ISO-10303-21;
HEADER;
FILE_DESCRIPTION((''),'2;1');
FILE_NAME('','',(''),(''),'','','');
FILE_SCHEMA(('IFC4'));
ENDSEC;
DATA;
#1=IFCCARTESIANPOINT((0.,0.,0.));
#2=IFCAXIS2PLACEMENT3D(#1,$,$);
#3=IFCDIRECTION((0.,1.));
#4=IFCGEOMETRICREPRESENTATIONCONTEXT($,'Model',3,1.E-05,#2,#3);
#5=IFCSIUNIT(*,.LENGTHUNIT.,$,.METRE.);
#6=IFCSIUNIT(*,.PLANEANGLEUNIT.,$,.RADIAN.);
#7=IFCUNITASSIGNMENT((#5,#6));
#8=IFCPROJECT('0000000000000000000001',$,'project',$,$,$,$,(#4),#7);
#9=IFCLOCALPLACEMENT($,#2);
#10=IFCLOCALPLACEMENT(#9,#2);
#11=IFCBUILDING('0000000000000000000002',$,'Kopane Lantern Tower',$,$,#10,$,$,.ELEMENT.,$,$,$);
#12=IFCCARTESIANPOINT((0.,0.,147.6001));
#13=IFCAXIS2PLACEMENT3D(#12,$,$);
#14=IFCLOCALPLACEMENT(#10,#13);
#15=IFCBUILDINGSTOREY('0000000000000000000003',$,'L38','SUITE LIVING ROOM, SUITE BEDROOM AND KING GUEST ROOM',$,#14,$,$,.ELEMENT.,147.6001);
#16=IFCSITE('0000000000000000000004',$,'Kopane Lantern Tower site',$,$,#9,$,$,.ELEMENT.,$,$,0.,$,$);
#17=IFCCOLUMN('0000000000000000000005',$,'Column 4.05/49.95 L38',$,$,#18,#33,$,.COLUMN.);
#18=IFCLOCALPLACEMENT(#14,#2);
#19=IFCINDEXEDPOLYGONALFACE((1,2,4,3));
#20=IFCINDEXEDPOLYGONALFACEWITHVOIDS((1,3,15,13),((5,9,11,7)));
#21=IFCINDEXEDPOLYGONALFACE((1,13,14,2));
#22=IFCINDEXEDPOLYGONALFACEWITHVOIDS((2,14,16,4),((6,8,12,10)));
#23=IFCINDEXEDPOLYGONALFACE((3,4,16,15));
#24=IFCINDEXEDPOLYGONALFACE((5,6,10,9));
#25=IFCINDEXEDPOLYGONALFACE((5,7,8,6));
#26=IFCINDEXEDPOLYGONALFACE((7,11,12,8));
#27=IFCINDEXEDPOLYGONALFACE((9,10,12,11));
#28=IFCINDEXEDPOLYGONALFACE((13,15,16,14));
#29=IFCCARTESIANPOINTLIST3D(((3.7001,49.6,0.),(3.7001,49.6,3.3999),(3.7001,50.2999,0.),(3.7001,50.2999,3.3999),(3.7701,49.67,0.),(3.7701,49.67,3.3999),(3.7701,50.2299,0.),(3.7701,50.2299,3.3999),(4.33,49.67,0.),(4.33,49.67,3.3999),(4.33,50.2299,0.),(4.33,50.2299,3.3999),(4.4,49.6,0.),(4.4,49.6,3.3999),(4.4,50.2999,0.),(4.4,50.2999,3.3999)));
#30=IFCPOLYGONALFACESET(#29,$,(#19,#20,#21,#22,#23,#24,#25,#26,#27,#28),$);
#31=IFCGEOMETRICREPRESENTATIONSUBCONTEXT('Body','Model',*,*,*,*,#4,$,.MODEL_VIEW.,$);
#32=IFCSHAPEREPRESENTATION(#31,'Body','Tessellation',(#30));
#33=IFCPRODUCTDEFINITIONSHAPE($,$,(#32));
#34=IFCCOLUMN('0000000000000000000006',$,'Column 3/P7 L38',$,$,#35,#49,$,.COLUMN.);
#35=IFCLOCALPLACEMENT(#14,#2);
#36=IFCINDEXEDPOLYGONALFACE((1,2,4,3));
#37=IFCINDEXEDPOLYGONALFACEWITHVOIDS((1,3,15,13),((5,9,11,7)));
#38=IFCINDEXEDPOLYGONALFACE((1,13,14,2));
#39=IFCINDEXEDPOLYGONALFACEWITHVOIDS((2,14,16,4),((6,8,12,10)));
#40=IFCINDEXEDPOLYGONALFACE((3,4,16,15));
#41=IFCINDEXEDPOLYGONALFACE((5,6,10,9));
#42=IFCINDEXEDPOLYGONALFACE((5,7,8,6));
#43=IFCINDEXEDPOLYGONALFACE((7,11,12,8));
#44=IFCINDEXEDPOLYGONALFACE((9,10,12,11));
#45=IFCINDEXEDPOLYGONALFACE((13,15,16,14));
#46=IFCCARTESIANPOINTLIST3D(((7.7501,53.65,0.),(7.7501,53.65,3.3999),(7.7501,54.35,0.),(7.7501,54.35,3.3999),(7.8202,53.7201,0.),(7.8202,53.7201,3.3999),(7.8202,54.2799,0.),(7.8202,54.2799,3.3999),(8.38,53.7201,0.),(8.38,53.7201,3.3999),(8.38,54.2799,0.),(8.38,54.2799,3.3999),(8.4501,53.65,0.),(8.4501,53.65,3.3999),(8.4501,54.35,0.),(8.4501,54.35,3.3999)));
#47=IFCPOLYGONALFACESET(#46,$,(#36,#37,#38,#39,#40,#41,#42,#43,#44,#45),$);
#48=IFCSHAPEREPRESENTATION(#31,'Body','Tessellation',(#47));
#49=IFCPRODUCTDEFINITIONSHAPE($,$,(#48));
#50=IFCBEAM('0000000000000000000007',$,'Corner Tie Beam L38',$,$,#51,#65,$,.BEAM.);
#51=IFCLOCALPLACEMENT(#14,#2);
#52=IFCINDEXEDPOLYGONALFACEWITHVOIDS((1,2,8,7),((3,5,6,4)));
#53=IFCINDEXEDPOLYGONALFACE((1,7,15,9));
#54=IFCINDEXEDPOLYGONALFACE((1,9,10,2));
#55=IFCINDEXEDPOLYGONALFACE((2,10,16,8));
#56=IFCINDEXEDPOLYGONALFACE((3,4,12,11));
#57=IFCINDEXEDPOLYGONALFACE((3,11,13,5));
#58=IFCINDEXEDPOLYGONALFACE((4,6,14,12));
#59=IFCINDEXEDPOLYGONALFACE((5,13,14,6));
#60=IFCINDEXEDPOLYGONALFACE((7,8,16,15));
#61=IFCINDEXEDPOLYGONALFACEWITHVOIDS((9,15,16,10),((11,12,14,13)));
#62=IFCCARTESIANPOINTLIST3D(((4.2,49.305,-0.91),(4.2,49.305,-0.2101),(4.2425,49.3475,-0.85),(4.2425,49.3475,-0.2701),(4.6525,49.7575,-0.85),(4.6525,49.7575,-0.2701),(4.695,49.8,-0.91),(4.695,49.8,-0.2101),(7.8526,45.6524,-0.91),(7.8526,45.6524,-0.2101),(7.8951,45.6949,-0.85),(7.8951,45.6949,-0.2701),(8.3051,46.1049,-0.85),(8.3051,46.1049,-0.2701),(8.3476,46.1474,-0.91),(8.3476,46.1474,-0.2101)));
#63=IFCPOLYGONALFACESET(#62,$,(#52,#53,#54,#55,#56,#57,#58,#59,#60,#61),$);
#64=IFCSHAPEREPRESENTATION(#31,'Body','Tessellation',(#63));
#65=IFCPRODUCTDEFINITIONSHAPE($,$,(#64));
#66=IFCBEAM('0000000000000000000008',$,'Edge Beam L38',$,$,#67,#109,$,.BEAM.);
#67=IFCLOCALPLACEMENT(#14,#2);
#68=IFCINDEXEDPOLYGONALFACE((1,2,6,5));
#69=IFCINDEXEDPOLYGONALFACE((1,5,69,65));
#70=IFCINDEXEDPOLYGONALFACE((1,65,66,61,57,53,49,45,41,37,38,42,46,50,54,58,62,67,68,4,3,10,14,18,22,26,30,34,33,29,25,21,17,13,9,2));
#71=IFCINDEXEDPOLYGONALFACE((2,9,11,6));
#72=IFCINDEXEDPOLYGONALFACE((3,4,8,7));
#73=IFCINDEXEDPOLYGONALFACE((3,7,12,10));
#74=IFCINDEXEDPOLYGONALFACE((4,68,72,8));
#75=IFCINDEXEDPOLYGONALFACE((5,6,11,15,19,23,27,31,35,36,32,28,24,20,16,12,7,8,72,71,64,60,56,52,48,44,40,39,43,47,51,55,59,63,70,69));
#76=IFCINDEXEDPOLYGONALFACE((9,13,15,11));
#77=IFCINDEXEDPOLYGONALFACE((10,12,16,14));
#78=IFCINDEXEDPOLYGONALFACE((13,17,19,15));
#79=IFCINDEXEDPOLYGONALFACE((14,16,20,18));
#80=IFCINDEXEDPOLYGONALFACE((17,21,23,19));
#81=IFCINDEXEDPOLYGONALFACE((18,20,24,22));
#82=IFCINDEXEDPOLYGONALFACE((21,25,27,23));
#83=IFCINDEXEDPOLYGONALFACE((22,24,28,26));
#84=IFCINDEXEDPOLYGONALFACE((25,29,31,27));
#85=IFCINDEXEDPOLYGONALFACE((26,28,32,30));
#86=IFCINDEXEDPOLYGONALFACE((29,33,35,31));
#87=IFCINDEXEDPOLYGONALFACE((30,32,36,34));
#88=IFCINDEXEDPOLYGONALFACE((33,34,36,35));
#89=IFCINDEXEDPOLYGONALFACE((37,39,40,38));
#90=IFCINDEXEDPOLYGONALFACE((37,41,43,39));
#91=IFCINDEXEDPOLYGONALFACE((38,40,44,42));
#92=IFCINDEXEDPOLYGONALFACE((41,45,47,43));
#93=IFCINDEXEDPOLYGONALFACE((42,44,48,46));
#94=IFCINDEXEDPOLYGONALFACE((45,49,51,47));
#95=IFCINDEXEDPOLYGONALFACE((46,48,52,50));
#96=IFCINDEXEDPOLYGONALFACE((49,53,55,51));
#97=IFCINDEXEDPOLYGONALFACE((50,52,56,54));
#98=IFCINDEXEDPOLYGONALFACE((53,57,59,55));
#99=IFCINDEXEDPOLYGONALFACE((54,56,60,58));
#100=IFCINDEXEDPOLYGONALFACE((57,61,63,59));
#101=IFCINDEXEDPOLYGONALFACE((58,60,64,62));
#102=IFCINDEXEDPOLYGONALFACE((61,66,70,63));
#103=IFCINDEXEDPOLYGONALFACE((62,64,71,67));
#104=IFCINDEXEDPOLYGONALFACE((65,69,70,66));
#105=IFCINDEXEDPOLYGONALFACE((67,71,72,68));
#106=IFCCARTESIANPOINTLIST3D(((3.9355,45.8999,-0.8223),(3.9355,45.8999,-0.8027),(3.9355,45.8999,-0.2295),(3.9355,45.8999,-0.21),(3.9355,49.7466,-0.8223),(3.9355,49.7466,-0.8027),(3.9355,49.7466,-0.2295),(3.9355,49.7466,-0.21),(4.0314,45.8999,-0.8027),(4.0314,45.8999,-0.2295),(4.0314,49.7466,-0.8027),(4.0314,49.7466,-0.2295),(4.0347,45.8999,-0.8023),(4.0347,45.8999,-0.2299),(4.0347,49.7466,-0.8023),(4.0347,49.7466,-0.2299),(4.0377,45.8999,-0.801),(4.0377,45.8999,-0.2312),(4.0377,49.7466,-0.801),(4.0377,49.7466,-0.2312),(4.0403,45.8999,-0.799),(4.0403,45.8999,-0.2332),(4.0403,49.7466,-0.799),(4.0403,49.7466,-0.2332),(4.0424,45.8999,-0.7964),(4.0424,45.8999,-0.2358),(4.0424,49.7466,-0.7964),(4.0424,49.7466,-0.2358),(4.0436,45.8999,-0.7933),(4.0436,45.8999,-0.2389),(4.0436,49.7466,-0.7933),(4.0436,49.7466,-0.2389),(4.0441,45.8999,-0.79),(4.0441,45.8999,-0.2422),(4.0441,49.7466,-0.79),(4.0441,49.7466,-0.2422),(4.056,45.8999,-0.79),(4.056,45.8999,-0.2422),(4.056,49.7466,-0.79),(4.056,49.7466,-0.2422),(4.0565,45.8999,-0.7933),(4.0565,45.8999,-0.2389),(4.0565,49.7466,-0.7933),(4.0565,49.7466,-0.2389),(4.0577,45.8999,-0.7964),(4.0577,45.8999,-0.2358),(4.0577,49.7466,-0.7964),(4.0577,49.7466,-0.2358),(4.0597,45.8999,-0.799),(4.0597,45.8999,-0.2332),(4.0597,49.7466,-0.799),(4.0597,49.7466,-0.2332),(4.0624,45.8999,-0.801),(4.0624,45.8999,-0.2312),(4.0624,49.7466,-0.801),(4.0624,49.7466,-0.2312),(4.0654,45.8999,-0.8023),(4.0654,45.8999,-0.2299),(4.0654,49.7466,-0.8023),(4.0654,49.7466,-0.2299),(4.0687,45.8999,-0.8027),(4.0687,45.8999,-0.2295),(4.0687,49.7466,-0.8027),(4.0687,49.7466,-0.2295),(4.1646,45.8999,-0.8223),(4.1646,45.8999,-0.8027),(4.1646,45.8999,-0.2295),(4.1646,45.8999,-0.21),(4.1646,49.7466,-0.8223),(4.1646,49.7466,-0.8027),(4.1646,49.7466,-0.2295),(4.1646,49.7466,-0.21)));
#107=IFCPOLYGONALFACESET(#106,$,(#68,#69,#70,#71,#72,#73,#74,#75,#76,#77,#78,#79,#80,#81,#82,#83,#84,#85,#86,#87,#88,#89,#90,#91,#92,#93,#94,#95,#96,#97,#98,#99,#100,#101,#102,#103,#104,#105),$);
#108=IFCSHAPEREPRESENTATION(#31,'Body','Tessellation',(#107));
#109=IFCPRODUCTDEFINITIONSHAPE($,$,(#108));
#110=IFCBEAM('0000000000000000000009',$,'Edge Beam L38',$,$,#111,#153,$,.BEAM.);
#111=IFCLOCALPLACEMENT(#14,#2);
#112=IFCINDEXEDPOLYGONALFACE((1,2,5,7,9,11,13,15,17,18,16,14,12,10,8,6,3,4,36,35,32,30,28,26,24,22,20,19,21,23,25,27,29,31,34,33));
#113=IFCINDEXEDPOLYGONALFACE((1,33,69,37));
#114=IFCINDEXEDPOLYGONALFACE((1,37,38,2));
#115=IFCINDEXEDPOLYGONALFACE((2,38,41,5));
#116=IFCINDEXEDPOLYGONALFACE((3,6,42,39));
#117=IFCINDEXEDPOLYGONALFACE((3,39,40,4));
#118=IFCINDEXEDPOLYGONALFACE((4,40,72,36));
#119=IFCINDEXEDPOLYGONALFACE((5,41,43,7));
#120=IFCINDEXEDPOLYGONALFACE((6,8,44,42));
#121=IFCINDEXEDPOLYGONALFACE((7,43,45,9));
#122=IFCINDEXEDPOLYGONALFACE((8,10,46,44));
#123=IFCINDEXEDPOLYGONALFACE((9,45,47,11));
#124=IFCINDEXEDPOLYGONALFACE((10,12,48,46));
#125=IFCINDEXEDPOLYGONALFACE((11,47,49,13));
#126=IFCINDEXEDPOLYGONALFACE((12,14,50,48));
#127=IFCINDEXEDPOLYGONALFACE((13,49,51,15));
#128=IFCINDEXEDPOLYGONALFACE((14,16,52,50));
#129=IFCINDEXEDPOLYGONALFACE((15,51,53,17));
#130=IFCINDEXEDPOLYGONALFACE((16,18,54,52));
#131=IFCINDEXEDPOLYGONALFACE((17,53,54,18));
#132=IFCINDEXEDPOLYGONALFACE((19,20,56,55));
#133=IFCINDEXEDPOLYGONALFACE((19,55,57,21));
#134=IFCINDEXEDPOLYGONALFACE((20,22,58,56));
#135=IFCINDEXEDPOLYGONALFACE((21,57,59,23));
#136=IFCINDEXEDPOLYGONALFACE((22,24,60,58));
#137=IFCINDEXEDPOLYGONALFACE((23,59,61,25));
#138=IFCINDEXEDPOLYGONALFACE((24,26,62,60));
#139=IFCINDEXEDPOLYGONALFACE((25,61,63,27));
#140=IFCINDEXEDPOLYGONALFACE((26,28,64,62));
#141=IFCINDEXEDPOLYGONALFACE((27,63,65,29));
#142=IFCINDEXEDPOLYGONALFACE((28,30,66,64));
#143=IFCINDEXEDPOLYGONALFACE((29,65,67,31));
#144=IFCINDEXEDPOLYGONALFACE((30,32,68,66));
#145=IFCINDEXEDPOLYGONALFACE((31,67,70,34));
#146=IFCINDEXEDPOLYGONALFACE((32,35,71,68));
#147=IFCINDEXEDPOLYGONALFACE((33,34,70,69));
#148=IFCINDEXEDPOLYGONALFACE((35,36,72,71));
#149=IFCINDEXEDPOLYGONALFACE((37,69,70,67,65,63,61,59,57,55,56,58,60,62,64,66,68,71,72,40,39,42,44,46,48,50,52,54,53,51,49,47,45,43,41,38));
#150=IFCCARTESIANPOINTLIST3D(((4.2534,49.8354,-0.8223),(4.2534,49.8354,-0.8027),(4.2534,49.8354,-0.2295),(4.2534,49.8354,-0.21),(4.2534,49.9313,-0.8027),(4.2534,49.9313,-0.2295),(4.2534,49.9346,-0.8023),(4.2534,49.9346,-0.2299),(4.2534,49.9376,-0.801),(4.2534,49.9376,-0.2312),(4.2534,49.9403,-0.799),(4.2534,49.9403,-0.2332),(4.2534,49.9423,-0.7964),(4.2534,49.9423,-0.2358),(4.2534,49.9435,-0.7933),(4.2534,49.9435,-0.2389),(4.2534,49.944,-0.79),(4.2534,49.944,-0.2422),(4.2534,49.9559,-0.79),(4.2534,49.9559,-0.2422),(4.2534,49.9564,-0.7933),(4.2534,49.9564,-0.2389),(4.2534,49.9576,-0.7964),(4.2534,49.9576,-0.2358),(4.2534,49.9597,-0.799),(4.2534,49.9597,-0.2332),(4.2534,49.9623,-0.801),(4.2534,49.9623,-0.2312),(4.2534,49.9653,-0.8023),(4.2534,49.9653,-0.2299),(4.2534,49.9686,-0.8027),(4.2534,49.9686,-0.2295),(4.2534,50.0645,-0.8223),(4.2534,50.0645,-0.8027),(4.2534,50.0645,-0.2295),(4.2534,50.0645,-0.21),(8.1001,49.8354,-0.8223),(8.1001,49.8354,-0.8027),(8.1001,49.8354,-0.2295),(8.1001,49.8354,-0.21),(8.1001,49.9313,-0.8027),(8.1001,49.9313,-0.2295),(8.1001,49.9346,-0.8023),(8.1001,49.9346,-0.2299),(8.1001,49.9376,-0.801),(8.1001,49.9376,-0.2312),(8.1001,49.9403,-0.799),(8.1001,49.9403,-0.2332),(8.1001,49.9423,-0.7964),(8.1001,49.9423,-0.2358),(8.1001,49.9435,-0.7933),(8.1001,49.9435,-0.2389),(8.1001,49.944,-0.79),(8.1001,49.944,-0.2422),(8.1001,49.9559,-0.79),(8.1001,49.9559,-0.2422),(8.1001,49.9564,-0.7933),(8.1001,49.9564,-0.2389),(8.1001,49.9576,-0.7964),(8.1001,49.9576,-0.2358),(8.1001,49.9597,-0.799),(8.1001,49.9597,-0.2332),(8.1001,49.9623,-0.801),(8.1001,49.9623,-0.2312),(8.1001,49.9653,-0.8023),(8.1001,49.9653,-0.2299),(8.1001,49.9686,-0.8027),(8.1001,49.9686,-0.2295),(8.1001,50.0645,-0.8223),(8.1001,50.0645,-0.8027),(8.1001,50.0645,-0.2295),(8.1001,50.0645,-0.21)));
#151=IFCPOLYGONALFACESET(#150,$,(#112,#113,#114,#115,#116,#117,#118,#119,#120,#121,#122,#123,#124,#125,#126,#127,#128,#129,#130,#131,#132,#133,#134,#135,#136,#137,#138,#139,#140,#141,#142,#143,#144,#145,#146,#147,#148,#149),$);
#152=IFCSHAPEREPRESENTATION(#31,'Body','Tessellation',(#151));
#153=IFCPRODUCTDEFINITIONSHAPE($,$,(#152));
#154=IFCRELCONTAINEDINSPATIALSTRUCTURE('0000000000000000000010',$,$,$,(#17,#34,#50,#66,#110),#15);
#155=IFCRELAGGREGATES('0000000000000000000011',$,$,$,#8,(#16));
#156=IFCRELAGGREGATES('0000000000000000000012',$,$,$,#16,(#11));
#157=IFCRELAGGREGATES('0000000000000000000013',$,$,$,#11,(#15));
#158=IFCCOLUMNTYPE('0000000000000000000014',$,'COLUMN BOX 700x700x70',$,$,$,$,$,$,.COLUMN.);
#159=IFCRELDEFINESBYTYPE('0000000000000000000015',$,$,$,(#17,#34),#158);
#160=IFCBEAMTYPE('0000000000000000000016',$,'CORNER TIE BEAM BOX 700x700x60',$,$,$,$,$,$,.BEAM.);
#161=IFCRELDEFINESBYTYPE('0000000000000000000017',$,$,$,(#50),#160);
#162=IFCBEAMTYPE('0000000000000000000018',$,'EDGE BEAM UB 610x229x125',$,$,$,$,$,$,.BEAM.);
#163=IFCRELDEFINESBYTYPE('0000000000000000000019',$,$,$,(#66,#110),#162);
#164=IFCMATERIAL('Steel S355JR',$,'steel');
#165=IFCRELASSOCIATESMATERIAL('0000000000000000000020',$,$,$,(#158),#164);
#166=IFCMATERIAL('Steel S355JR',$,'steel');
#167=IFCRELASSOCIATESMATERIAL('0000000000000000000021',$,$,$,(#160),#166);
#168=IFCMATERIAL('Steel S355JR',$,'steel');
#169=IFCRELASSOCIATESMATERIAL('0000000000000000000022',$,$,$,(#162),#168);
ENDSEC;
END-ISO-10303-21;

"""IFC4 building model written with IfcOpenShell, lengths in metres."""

from ifc_helpers import new_model, si_unit, direction, frame, origin, origin_2d, place, context, subcontext, project, spatial, hollow_rectangle, i_section, extrude, material, material_profile, profile_set, type_object, element, save


model = new_model("IFC4")

# Units and contexts
model_context = context("Model", 3, precision=1e-05, world=origin(), true_north=direction((0.0, 1.0)))
body_context = subcontext(model_context, "Body", "Model", "MODEL_VIEW")
ifc_project = project(units=[si_unit("LENGTHUNIT", "METRE"), si_unit("PLANEANGLEUNIT", "RADIAN")], contexts=[model_context])

# Site, building, storey
site_placement = place(None, origin())
site = spatial("IfcSite", under=ifc_project, at=site_placement, Name="Kopane Lantern Tower site", CompositionType="ELEMENT", RefElevation=0.0)
building_placement = place(site_placement, origin())
building = spatial("IfcBuilding", under=site, at=building_placement, Name="Kopane Lantern Tower", CompositionType="ELEMENT")
storey_placement = place(building_placement, frame((0.0, 0.0, 147.6001)))
storey = spatial("IfcBuildingStorey", under=building, at=storey_placement, Name="L38", Description="SUITE LIVING ROOM, SUITE BEDROOM AND KING GUEST ROOM", CompositionType="ELEMENT", Elevation=147.6001)

# Columns
ifc_material_1 = material(Name="Steel S355JR", Category="steel")
ifc_material_profile_1 = material_profile(ifc_material_1, hollow_rectangle(XDim=0.7, YDim=0.7, WallThickness=0.0701, at=origin_2d()), Name="BOX 700x700x70")
ifc_profile_set_1 = profile_set([ifc_material_profile_1], Name="Steel S355JR")
column_type = type_object("IfcColumnType", Name="COLUMN BOX 700x700x70", PredefinedType="COLUMN", material=ifc_profile_set_1)
for number, where, z_axis, x_axis, name in (
    (1, (4.05, 49.95, 0.0), (0.0, 0.0, 1.0), (1.0, 0.0, 0.0), "Column 4.05/49.95 L38"),
    (2, (8.1001, 54.0, 0.0), (0.0, 0.0, 1.0), (1.0, 0.0, 0.0), "Column 3/P7 L38"),
):
    element("IfcColumn", number, at=place(storey_placement, frame(where, z_axis=z_axis, x_axis=x_axis)), inside=storey, type_object=column_type, Name=name, PredefinedType="COLUMN", context=body_context, shape_type="SweptSolid", body=[
        extrude(hollow_rectangle(XDim=0.7, YDim=0.7, WallThickness=0.0701, at=origin_2d()), origin(), (0.0, 0.0, 1.0), 3.3999),
    ])

# Beams
ifc_material_2 = material(Name="Steel S355JR", Category="steel")
ifc_material_profile_2 = material_profile(ifc_material_2, hollow_rectangle(XDim=0.7, YDim=0.7, WallThickness=0.0601, at=origin_2d()), Name="BOX 700x700x60")
ifc_profile_set_2 = profile_set([ifc_material_profile_2], Name="Steel S355JR")
beam_type_1 = type_object("IfcBeamType", Name="CORNER TIE BEAM BOX 700x700x60", PredefinedType="BEAM", material=ifc_profile_set_2)
beam_1_placement = place(storey_placement, frame((4.4475, 49.5525, -0.5601), z_axis=(0.707107, -0.707107, 0.0), x_axis=(0.707107, 0.707107, 0.0)))
element("IfcBeam", 3, at=beam_1_placement, inside=storey, type_object=beam_type_1, Name="Corner Tie Beam L38", PredefinedType="BEAM", context=body_context, shape_type="SweptSolid", body=[
    extrude(hollow_rectangle(XDim=0.7, YDim=0.7, WallThickness=0.0601, at=origin_2d()), origin(), (0.0, 0.0, 1.0), 5.1655),
])
ifc_material_3 = material(Name="Steel S355JR", Category="steel")
ifc_material_profile_3 = material_profile(ifc_material_3, i_section(OverallWidth=0.229, OverallDepth=0.6123, WebThickness=0.012, FlangeThickness=0.0195, FilletRadius=0.0127, at=origin_2d()), Name="UB 610x229x125")
ifc_profile_set_3 = profile_set([ifc_material_profile_3], Name="Steel S355JR")
beam_type_2 = type_object("IfcBeamType", Name="EDGE BEAM UB 610x229x125", PredefinedType="BEAM", material=ifc_profile_set_3)
for number, where, z_axis, x_axis, name in (
    (4, (4.05, 49.7466, -0.5161), (0.0, -1.0, 0.0), (1.0, 0.0, 0.0), "Edge Beam L38"),
    (5, (4.2534, 49.95, -0.5161), (1.0, 0.0, 0.0), (0.0, 1.0, 0.0), "Edge Beam L38"),
):
    element("IfcBeam", number, at=place(storey_placement, frame(where, z_axis=z_axis, x_axis=x_axis)), inside=storey, type_object=beam_type_2, Name=name, PredefinedType="BEAM", context=body_context, shape_type="SweptSolid", body=[
        extrude(i_section(OverallWidth=0.229, OverallDepth=0.6123, WebThickness=0.012, FlangeThickness=0.0195, FilletRadius=0.0127, at=origin_2d()), origin(), (0.0, 0.0, 1.0), 3.8467),
    ])

save(model, "model.ifc")
